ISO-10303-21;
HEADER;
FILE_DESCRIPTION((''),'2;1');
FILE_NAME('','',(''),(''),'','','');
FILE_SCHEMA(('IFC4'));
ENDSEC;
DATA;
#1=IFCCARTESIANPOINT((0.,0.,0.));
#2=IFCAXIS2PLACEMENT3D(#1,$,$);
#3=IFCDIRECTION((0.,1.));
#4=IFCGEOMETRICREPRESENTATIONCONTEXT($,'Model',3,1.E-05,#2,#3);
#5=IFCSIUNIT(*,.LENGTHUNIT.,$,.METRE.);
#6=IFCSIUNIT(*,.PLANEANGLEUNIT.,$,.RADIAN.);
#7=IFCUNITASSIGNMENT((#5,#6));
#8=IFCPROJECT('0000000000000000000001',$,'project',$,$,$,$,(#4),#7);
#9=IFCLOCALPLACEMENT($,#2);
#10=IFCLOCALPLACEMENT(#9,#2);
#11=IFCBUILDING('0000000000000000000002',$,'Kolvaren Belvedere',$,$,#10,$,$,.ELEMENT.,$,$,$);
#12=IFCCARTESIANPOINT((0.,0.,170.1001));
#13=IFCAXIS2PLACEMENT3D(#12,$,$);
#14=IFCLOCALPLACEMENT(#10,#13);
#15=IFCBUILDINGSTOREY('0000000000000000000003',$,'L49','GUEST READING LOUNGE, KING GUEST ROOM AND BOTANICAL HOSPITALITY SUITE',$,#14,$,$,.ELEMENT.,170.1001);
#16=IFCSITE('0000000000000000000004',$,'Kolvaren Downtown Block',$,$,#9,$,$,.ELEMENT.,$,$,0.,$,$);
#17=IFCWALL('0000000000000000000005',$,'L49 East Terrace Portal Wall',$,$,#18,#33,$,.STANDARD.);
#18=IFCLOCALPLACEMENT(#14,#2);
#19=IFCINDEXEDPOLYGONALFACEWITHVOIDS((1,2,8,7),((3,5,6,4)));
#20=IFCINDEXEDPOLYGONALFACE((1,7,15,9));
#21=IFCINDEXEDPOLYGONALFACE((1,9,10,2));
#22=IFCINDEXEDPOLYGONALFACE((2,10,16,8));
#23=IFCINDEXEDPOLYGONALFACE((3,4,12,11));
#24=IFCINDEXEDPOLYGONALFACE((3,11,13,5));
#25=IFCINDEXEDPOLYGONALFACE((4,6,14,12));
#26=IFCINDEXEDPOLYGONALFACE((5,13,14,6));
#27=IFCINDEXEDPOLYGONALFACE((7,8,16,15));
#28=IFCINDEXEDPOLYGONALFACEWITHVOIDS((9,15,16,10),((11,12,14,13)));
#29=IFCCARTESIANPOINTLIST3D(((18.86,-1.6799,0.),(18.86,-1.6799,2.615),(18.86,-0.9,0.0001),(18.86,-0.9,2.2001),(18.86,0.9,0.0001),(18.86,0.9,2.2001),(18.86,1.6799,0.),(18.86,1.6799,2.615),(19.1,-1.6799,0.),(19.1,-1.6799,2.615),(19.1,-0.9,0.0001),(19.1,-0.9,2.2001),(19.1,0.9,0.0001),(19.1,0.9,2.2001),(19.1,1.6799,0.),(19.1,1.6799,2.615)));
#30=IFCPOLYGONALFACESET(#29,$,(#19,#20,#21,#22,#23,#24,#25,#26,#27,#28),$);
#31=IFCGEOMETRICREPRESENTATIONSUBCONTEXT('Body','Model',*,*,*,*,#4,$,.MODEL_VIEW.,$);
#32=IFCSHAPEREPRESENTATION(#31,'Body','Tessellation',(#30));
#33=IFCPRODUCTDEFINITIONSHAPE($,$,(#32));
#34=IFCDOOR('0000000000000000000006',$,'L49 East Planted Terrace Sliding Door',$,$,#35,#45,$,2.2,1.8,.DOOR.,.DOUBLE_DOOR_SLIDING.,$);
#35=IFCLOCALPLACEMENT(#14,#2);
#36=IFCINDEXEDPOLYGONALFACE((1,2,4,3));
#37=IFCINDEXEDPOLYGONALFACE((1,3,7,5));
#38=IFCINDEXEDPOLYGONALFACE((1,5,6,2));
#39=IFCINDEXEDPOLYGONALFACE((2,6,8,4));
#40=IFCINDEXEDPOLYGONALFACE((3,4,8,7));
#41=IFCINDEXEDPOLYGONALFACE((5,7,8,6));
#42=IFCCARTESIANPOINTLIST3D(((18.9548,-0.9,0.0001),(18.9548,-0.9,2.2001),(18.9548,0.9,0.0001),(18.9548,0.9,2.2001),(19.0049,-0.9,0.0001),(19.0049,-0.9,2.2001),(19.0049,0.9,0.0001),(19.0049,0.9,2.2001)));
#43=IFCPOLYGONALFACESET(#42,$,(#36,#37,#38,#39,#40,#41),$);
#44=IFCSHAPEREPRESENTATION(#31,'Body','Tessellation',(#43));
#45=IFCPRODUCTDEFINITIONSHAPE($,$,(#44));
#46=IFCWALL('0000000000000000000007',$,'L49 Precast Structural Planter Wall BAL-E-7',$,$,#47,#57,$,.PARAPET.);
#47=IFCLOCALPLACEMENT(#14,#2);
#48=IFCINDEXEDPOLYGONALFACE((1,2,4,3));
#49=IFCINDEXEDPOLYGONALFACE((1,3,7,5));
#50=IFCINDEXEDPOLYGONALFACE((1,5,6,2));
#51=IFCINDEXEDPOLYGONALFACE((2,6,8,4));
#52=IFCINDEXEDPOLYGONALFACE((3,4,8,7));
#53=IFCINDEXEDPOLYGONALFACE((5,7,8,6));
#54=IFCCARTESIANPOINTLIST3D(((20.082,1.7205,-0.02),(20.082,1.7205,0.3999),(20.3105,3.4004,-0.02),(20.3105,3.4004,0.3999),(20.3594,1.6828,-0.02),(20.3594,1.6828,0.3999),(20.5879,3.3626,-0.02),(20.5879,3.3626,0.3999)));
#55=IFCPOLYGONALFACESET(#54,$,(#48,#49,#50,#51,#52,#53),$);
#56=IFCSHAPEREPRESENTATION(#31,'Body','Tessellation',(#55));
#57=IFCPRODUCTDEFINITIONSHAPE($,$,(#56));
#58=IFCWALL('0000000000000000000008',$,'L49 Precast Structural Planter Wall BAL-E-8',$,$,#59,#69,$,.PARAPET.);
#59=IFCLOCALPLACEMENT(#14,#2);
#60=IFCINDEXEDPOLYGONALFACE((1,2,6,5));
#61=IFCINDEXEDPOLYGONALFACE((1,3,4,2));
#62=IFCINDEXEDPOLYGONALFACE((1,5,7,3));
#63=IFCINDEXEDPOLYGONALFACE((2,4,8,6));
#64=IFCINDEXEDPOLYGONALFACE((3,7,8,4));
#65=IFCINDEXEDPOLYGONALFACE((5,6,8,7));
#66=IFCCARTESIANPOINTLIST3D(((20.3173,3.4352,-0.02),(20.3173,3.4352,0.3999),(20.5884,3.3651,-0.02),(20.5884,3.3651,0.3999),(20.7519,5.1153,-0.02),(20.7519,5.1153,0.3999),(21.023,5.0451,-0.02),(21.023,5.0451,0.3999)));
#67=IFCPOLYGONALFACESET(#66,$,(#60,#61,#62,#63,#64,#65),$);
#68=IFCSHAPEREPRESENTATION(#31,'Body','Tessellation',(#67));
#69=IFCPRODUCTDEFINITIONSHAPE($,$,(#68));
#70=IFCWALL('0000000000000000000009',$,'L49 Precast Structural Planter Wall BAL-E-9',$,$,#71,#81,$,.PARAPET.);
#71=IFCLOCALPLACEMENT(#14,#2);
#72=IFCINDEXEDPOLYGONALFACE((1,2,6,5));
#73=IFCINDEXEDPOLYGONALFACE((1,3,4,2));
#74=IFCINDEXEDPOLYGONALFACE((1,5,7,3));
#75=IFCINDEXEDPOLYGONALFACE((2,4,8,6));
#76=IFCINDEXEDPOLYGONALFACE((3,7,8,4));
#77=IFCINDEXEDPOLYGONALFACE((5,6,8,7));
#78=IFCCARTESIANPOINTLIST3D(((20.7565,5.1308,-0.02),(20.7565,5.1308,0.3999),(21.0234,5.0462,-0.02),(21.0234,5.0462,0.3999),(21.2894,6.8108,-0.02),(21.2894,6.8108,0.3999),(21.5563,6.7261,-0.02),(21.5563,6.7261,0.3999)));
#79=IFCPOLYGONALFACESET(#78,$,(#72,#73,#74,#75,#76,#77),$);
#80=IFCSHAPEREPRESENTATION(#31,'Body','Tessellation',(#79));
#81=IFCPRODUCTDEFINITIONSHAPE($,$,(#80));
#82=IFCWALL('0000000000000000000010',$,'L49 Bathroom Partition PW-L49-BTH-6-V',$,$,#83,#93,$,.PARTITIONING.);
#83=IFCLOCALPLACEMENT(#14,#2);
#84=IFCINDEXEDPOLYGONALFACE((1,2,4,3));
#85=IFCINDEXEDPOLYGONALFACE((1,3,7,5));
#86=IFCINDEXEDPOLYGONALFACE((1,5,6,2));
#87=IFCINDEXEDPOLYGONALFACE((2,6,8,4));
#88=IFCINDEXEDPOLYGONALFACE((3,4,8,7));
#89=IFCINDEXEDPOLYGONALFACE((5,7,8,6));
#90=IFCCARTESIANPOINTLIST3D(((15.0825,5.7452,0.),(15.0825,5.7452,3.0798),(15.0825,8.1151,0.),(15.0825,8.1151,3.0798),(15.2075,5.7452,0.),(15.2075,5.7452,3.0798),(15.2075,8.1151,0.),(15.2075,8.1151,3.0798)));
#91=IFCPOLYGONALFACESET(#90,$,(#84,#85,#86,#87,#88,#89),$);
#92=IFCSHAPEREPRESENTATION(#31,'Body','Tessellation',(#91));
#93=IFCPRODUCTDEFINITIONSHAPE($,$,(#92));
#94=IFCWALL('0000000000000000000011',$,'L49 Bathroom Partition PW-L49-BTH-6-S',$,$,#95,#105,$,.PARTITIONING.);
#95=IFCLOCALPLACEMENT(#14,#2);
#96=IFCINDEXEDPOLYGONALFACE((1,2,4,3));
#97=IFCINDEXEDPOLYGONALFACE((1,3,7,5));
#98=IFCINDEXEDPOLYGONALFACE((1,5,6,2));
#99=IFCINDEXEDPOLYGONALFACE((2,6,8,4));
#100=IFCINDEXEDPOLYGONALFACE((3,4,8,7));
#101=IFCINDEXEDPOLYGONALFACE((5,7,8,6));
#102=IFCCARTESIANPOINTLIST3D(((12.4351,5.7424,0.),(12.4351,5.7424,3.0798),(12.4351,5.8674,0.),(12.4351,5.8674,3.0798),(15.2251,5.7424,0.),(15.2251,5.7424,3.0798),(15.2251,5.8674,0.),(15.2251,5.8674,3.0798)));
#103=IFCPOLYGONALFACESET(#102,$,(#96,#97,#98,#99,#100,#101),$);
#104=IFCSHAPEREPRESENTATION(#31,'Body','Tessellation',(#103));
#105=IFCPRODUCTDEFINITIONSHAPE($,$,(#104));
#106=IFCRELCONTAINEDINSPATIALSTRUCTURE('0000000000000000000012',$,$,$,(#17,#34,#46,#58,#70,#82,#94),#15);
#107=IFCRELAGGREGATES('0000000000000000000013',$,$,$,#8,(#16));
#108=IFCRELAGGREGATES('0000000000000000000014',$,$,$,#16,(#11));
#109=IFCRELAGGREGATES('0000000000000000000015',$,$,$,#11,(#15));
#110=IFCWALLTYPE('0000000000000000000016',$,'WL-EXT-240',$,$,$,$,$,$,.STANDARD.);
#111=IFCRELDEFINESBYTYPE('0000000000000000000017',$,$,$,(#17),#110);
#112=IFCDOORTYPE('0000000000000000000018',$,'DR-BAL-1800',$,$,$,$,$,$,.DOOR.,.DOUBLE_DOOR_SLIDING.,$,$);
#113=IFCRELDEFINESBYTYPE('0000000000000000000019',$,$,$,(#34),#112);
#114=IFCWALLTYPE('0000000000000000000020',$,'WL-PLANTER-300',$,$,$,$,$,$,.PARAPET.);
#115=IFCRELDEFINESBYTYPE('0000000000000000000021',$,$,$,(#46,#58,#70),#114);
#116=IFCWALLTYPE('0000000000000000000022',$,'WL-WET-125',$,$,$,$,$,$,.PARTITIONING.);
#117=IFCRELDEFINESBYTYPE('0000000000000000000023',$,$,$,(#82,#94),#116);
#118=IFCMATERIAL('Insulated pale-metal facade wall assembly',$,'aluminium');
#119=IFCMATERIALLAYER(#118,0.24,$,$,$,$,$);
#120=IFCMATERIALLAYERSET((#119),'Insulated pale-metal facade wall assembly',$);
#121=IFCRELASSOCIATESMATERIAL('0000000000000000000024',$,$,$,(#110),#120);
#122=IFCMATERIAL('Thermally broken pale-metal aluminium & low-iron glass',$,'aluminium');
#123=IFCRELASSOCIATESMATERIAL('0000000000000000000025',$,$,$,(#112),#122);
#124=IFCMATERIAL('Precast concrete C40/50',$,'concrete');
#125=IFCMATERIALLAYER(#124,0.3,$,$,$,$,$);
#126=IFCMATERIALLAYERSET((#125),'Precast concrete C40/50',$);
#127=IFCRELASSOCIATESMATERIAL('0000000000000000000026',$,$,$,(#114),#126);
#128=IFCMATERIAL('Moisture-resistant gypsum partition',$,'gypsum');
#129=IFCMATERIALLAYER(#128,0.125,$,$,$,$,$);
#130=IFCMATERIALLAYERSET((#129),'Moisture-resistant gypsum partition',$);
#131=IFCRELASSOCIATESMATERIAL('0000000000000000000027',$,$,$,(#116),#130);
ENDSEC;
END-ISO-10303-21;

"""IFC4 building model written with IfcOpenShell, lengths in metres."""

from ifc_helpers import new_model, si_unit, direction, frame, frame_2d, origin, place, context, subcontext, project, spatial, rectangle, extrude, material, layer, layer_set, type_object, element, fill, save


model = new_model("IFC4")

# Units and contexts
model_context = context("Model", 3, precision=1e-05, world=origin(), true_north=direction((0.0, 1.0)))
body_context = subcontext(model_context, "Body", "Model", "MODEL_VIEW")
ifc_project = project(units=[si_unit("LENGTHUNIT", "METRE"), si_unit("PLANEANGLEUNIT", "RADIAN")], contexts=[model_context])

# Site, building, storey
site_placement = place(None, origin())
site = spatial("IfcSite", under=ifc_project, at=site_placement, Name="Kolvaren Downtown Block", CompositionType="ELEMENT", RefElevation=0.0)
building_placement = place(site_placement, origin())
building = spatial("IfcBuilding", under=site, at=building_placement, Name="Kolvaren Belvedere", CompositionType="ELEMENT")
storey_placement = place(building_placement, frame((0.0, 0.0, 170.1001)))
storey = spatial("IfcBuildingStorey", under=building, at=storey_placement, Name="L49", Description="GUEST READING LOUNGE, KING GUEST ROOM AND BOTANICAL HOSPITALITY SUITE", CompositionType="ELEMENT", Elevation=170.1001)

# Wall, opening, door
ifc_material_1 = material(Name="Insulated pale-metal facade wall assembly", Category="aluminium")
ifc_layer_1 = layer(ifc_material_1, 0.24)
ifc_layer_set_1 = layer_set([ifc_layer_1], Name="Insulated pale-metal facade wall assembly")
wall_type_1 = type_object("IfcWallType", Name="WL-EXT-240", PredefinedType="STANDARD", material=ifc_layer_set_1)
wall_1_placement = place(storey_placement, frame((18.98, 1.6799, 0.0), z_axis=(0.0, 0.0, 1.0), x_axis=(0.0, -1.0, 0.0)))
wall_1 = element("IfcWall", 1, at=wall_1_placement, inside=storey, type_object=wall_type_1, Name="L49 East Terrace Portal Wall", PredefinedType="STANDARD", context=body_context, shape_type="SweptSolid", body=[
    extrude(rectangle(XDim=3.3599, YDim=0.24, at=frame_2d((1.6799, 0.0))), origin(), (0.0, 0.0, 1.0), 2.615),
])
opening_placement = place(wall_1_placement, frame((0.78, 0.0, 0.0)))
opening = element("IfcOpeningElement", 2, at=opening_placement, cuts=wall_1, PredefinedType="OPENING", context=body_context, shape_type="SweptSolid", body=[
    extrude(rectangle(XDim=1.8, YDim=2.2, at=frame_2d((0.8999, 1.1001))), frame((0.0, 0.1299, 0.0), z_axis=(0.0, -1.0, 0.0), x_axis=(1.0, 0.0, 0.0)), (0.0, 0.0, 1.0), 0.26),
])
ifc_material_2 = material(Name="Thermally broken pale-metal aluminium & low-iron glass", Category="aluminium")
door_type = type_object("IfcDoorType", Name="DR-BAL-1800", OperationType="DOUBLE_DOOR_SLIDING", PredefinedType="DOOR", material=ifc_material_2)
door_placement = place(opening_placement, origin())
door = element("IfcDoor", 3, at=door_placement, inside=storey, type_object=door_type, Name="L49 East Planted Terrace Sliding Door", OperationType="DOUBLE_DOOR_SLIDING", OverallHeight=2.2, OverallWidth=1.8, PredefinedType="DOOR", context=body_context, shape_type="SweptSolid", body=[
    extrude(rectangle(XDim=1.8, YDim=2.2, at=frame_2d((0.8999, 1.1001))), frame((0.0, 0.0249, 0.0), z_axis=(0.0, -1.0, 0.0), x_axis=(1.0, 0.0, 0.0)), (0.0, 0.0, 1.0), 0.05),
])
fill(opening, door)

# Walls
ifc_material_3 = material(Name="Precast concrete C40/50", Category="concrete")
ifc_layer_2 = layer(ifc_material_3, 0.3)
ifc_layer_set_2 = layer_set([ifc_layer_2], Name="Precast concrete C40/50")
wall_type_2 = type_object("IfcWallType", Name="WL-PLANTER-300", PredefinedType="PARAPET", material=ifc_layer_set_2)
wall_2_placement = place(storey_placement, frame((20.2207, 1.7017, -0.02), z_axis=(0.0, 0.0, 1.0), x_axis=(0.134785, 0.990875, 0.0)))
element("IfcWall", 4, at=wall_2_placement, inside=storey, type_object=wall_type_2, Name="L49 Precast Structural Planter Wall BAL-E-7", PredefinedType="PARAPET", context=body_context, shape_type="SweptSolid", body=[
    extrude(rectangle(XDim=1.6953, YDim=0.28, at=frame_2d((0.8477, 0.0))), origin(), (0.0, 0.0, 1.0), 0.4199),
])
wall_3_placement = place(storey_placement, frame((20.4529, 3.4001, -0.02), z_axis=(0.0, 0.0, 1.0), x_axis=(0.25044, 0.968132, 0.0)))
element("IfcWall", 5, at=wall_3_placement, inside=storey, type_object=wall_type_2, Name="L49 Precast Structural Planter Wall BAL-E-8", PredefinedType="PARAPET", context=body_context, shape_type="SweptSolid", body=[
    extrude(rectangle(XDim=1.7354, YDim=0.28, at=frame_2d((0.8677, 0.0))), origin(), (0.0, 0.0, 1.0), 0.4199),
])
wall_4_placement = place(storey_placement, frame((20.8899, 5.0884, -0.02), z_axis=(0.0, 0.0, 1.0), x_axis=(0.302397, 0.953182, 0.0)))
element("IfcWall", 6, at=wall_4_placement, inside=storey, type_object=wall_type_2, Name="L49 Precast Structural Planter Wall BAL-E-9", PredefinedType="PARAPET", context=body_context, shape_type="SweptSolid", body=[
    extrude(rectangle(XDim=1.7625, YDim=0.28, at=frame_2d((0.8813, 0.0))), origin(), (0.0, 0.0, 1.0), 0.4199),
])
ifc_material_4 = material(Name="Moisture-resistant gypsum partition", Category="gypsum")
ifc_layer_3 = layer(ifc_material_4, 0.125)
ifc_layer_set_3 = layer_set([ifc_layer_3], Name="Moisture-resistant gypsum partition")
wall_type_3 = type_object("IfcWallType", Name="WL-WET-125", PredefinedType="PARTITIONING", material=ifc_layer_set_3)
wall_5_placement = place(storey_placement, frame((15.145, 5.7451, 0.0), z_axis=(0.0, 0.0, 1.0), x_axis=(0.0, 1.0, 0.0)))
element("IfcWall", 7, at=wall_5_placement, inside=storey, type_object=wall_type_3, Name="L49 Bathroom Partition PW-L49-BTH-6-V", PredefinedType="PARTITIONING", context=body_context, shape_type="SweptSolid", body=[
    extrude(rectangle(XDim=2.3699, YDim=0.125, at=frame_2d((1.1851, 0.0))), origin(), (0.0, 0.0, 1.0), 3.0798),
])
wall_6_placement = place(storey_placement, frame((12.4351, 5.8049, 0.0), z_axis=(0.0, 0.0, 1.0), x_axis=(1.0, 0.0, 0.0)))
element("IfcWall", 8, at=wall_6_placement, inside=storey, type_object=wall_type_3, Name="L49 Bathroom Partition PW-L49-BTH-6-S", PredefinedType="PARTITIONING", context=body_context, shape_type="SweptSolid", body=[
    extrude(rectangle(XDim=2.79, YDim=0.125, at=frame_2d((1.395, 0.0))), origin(), (0.0, 0.0, 1.0), 3.0798),
])

save(model, "model.ifc")
